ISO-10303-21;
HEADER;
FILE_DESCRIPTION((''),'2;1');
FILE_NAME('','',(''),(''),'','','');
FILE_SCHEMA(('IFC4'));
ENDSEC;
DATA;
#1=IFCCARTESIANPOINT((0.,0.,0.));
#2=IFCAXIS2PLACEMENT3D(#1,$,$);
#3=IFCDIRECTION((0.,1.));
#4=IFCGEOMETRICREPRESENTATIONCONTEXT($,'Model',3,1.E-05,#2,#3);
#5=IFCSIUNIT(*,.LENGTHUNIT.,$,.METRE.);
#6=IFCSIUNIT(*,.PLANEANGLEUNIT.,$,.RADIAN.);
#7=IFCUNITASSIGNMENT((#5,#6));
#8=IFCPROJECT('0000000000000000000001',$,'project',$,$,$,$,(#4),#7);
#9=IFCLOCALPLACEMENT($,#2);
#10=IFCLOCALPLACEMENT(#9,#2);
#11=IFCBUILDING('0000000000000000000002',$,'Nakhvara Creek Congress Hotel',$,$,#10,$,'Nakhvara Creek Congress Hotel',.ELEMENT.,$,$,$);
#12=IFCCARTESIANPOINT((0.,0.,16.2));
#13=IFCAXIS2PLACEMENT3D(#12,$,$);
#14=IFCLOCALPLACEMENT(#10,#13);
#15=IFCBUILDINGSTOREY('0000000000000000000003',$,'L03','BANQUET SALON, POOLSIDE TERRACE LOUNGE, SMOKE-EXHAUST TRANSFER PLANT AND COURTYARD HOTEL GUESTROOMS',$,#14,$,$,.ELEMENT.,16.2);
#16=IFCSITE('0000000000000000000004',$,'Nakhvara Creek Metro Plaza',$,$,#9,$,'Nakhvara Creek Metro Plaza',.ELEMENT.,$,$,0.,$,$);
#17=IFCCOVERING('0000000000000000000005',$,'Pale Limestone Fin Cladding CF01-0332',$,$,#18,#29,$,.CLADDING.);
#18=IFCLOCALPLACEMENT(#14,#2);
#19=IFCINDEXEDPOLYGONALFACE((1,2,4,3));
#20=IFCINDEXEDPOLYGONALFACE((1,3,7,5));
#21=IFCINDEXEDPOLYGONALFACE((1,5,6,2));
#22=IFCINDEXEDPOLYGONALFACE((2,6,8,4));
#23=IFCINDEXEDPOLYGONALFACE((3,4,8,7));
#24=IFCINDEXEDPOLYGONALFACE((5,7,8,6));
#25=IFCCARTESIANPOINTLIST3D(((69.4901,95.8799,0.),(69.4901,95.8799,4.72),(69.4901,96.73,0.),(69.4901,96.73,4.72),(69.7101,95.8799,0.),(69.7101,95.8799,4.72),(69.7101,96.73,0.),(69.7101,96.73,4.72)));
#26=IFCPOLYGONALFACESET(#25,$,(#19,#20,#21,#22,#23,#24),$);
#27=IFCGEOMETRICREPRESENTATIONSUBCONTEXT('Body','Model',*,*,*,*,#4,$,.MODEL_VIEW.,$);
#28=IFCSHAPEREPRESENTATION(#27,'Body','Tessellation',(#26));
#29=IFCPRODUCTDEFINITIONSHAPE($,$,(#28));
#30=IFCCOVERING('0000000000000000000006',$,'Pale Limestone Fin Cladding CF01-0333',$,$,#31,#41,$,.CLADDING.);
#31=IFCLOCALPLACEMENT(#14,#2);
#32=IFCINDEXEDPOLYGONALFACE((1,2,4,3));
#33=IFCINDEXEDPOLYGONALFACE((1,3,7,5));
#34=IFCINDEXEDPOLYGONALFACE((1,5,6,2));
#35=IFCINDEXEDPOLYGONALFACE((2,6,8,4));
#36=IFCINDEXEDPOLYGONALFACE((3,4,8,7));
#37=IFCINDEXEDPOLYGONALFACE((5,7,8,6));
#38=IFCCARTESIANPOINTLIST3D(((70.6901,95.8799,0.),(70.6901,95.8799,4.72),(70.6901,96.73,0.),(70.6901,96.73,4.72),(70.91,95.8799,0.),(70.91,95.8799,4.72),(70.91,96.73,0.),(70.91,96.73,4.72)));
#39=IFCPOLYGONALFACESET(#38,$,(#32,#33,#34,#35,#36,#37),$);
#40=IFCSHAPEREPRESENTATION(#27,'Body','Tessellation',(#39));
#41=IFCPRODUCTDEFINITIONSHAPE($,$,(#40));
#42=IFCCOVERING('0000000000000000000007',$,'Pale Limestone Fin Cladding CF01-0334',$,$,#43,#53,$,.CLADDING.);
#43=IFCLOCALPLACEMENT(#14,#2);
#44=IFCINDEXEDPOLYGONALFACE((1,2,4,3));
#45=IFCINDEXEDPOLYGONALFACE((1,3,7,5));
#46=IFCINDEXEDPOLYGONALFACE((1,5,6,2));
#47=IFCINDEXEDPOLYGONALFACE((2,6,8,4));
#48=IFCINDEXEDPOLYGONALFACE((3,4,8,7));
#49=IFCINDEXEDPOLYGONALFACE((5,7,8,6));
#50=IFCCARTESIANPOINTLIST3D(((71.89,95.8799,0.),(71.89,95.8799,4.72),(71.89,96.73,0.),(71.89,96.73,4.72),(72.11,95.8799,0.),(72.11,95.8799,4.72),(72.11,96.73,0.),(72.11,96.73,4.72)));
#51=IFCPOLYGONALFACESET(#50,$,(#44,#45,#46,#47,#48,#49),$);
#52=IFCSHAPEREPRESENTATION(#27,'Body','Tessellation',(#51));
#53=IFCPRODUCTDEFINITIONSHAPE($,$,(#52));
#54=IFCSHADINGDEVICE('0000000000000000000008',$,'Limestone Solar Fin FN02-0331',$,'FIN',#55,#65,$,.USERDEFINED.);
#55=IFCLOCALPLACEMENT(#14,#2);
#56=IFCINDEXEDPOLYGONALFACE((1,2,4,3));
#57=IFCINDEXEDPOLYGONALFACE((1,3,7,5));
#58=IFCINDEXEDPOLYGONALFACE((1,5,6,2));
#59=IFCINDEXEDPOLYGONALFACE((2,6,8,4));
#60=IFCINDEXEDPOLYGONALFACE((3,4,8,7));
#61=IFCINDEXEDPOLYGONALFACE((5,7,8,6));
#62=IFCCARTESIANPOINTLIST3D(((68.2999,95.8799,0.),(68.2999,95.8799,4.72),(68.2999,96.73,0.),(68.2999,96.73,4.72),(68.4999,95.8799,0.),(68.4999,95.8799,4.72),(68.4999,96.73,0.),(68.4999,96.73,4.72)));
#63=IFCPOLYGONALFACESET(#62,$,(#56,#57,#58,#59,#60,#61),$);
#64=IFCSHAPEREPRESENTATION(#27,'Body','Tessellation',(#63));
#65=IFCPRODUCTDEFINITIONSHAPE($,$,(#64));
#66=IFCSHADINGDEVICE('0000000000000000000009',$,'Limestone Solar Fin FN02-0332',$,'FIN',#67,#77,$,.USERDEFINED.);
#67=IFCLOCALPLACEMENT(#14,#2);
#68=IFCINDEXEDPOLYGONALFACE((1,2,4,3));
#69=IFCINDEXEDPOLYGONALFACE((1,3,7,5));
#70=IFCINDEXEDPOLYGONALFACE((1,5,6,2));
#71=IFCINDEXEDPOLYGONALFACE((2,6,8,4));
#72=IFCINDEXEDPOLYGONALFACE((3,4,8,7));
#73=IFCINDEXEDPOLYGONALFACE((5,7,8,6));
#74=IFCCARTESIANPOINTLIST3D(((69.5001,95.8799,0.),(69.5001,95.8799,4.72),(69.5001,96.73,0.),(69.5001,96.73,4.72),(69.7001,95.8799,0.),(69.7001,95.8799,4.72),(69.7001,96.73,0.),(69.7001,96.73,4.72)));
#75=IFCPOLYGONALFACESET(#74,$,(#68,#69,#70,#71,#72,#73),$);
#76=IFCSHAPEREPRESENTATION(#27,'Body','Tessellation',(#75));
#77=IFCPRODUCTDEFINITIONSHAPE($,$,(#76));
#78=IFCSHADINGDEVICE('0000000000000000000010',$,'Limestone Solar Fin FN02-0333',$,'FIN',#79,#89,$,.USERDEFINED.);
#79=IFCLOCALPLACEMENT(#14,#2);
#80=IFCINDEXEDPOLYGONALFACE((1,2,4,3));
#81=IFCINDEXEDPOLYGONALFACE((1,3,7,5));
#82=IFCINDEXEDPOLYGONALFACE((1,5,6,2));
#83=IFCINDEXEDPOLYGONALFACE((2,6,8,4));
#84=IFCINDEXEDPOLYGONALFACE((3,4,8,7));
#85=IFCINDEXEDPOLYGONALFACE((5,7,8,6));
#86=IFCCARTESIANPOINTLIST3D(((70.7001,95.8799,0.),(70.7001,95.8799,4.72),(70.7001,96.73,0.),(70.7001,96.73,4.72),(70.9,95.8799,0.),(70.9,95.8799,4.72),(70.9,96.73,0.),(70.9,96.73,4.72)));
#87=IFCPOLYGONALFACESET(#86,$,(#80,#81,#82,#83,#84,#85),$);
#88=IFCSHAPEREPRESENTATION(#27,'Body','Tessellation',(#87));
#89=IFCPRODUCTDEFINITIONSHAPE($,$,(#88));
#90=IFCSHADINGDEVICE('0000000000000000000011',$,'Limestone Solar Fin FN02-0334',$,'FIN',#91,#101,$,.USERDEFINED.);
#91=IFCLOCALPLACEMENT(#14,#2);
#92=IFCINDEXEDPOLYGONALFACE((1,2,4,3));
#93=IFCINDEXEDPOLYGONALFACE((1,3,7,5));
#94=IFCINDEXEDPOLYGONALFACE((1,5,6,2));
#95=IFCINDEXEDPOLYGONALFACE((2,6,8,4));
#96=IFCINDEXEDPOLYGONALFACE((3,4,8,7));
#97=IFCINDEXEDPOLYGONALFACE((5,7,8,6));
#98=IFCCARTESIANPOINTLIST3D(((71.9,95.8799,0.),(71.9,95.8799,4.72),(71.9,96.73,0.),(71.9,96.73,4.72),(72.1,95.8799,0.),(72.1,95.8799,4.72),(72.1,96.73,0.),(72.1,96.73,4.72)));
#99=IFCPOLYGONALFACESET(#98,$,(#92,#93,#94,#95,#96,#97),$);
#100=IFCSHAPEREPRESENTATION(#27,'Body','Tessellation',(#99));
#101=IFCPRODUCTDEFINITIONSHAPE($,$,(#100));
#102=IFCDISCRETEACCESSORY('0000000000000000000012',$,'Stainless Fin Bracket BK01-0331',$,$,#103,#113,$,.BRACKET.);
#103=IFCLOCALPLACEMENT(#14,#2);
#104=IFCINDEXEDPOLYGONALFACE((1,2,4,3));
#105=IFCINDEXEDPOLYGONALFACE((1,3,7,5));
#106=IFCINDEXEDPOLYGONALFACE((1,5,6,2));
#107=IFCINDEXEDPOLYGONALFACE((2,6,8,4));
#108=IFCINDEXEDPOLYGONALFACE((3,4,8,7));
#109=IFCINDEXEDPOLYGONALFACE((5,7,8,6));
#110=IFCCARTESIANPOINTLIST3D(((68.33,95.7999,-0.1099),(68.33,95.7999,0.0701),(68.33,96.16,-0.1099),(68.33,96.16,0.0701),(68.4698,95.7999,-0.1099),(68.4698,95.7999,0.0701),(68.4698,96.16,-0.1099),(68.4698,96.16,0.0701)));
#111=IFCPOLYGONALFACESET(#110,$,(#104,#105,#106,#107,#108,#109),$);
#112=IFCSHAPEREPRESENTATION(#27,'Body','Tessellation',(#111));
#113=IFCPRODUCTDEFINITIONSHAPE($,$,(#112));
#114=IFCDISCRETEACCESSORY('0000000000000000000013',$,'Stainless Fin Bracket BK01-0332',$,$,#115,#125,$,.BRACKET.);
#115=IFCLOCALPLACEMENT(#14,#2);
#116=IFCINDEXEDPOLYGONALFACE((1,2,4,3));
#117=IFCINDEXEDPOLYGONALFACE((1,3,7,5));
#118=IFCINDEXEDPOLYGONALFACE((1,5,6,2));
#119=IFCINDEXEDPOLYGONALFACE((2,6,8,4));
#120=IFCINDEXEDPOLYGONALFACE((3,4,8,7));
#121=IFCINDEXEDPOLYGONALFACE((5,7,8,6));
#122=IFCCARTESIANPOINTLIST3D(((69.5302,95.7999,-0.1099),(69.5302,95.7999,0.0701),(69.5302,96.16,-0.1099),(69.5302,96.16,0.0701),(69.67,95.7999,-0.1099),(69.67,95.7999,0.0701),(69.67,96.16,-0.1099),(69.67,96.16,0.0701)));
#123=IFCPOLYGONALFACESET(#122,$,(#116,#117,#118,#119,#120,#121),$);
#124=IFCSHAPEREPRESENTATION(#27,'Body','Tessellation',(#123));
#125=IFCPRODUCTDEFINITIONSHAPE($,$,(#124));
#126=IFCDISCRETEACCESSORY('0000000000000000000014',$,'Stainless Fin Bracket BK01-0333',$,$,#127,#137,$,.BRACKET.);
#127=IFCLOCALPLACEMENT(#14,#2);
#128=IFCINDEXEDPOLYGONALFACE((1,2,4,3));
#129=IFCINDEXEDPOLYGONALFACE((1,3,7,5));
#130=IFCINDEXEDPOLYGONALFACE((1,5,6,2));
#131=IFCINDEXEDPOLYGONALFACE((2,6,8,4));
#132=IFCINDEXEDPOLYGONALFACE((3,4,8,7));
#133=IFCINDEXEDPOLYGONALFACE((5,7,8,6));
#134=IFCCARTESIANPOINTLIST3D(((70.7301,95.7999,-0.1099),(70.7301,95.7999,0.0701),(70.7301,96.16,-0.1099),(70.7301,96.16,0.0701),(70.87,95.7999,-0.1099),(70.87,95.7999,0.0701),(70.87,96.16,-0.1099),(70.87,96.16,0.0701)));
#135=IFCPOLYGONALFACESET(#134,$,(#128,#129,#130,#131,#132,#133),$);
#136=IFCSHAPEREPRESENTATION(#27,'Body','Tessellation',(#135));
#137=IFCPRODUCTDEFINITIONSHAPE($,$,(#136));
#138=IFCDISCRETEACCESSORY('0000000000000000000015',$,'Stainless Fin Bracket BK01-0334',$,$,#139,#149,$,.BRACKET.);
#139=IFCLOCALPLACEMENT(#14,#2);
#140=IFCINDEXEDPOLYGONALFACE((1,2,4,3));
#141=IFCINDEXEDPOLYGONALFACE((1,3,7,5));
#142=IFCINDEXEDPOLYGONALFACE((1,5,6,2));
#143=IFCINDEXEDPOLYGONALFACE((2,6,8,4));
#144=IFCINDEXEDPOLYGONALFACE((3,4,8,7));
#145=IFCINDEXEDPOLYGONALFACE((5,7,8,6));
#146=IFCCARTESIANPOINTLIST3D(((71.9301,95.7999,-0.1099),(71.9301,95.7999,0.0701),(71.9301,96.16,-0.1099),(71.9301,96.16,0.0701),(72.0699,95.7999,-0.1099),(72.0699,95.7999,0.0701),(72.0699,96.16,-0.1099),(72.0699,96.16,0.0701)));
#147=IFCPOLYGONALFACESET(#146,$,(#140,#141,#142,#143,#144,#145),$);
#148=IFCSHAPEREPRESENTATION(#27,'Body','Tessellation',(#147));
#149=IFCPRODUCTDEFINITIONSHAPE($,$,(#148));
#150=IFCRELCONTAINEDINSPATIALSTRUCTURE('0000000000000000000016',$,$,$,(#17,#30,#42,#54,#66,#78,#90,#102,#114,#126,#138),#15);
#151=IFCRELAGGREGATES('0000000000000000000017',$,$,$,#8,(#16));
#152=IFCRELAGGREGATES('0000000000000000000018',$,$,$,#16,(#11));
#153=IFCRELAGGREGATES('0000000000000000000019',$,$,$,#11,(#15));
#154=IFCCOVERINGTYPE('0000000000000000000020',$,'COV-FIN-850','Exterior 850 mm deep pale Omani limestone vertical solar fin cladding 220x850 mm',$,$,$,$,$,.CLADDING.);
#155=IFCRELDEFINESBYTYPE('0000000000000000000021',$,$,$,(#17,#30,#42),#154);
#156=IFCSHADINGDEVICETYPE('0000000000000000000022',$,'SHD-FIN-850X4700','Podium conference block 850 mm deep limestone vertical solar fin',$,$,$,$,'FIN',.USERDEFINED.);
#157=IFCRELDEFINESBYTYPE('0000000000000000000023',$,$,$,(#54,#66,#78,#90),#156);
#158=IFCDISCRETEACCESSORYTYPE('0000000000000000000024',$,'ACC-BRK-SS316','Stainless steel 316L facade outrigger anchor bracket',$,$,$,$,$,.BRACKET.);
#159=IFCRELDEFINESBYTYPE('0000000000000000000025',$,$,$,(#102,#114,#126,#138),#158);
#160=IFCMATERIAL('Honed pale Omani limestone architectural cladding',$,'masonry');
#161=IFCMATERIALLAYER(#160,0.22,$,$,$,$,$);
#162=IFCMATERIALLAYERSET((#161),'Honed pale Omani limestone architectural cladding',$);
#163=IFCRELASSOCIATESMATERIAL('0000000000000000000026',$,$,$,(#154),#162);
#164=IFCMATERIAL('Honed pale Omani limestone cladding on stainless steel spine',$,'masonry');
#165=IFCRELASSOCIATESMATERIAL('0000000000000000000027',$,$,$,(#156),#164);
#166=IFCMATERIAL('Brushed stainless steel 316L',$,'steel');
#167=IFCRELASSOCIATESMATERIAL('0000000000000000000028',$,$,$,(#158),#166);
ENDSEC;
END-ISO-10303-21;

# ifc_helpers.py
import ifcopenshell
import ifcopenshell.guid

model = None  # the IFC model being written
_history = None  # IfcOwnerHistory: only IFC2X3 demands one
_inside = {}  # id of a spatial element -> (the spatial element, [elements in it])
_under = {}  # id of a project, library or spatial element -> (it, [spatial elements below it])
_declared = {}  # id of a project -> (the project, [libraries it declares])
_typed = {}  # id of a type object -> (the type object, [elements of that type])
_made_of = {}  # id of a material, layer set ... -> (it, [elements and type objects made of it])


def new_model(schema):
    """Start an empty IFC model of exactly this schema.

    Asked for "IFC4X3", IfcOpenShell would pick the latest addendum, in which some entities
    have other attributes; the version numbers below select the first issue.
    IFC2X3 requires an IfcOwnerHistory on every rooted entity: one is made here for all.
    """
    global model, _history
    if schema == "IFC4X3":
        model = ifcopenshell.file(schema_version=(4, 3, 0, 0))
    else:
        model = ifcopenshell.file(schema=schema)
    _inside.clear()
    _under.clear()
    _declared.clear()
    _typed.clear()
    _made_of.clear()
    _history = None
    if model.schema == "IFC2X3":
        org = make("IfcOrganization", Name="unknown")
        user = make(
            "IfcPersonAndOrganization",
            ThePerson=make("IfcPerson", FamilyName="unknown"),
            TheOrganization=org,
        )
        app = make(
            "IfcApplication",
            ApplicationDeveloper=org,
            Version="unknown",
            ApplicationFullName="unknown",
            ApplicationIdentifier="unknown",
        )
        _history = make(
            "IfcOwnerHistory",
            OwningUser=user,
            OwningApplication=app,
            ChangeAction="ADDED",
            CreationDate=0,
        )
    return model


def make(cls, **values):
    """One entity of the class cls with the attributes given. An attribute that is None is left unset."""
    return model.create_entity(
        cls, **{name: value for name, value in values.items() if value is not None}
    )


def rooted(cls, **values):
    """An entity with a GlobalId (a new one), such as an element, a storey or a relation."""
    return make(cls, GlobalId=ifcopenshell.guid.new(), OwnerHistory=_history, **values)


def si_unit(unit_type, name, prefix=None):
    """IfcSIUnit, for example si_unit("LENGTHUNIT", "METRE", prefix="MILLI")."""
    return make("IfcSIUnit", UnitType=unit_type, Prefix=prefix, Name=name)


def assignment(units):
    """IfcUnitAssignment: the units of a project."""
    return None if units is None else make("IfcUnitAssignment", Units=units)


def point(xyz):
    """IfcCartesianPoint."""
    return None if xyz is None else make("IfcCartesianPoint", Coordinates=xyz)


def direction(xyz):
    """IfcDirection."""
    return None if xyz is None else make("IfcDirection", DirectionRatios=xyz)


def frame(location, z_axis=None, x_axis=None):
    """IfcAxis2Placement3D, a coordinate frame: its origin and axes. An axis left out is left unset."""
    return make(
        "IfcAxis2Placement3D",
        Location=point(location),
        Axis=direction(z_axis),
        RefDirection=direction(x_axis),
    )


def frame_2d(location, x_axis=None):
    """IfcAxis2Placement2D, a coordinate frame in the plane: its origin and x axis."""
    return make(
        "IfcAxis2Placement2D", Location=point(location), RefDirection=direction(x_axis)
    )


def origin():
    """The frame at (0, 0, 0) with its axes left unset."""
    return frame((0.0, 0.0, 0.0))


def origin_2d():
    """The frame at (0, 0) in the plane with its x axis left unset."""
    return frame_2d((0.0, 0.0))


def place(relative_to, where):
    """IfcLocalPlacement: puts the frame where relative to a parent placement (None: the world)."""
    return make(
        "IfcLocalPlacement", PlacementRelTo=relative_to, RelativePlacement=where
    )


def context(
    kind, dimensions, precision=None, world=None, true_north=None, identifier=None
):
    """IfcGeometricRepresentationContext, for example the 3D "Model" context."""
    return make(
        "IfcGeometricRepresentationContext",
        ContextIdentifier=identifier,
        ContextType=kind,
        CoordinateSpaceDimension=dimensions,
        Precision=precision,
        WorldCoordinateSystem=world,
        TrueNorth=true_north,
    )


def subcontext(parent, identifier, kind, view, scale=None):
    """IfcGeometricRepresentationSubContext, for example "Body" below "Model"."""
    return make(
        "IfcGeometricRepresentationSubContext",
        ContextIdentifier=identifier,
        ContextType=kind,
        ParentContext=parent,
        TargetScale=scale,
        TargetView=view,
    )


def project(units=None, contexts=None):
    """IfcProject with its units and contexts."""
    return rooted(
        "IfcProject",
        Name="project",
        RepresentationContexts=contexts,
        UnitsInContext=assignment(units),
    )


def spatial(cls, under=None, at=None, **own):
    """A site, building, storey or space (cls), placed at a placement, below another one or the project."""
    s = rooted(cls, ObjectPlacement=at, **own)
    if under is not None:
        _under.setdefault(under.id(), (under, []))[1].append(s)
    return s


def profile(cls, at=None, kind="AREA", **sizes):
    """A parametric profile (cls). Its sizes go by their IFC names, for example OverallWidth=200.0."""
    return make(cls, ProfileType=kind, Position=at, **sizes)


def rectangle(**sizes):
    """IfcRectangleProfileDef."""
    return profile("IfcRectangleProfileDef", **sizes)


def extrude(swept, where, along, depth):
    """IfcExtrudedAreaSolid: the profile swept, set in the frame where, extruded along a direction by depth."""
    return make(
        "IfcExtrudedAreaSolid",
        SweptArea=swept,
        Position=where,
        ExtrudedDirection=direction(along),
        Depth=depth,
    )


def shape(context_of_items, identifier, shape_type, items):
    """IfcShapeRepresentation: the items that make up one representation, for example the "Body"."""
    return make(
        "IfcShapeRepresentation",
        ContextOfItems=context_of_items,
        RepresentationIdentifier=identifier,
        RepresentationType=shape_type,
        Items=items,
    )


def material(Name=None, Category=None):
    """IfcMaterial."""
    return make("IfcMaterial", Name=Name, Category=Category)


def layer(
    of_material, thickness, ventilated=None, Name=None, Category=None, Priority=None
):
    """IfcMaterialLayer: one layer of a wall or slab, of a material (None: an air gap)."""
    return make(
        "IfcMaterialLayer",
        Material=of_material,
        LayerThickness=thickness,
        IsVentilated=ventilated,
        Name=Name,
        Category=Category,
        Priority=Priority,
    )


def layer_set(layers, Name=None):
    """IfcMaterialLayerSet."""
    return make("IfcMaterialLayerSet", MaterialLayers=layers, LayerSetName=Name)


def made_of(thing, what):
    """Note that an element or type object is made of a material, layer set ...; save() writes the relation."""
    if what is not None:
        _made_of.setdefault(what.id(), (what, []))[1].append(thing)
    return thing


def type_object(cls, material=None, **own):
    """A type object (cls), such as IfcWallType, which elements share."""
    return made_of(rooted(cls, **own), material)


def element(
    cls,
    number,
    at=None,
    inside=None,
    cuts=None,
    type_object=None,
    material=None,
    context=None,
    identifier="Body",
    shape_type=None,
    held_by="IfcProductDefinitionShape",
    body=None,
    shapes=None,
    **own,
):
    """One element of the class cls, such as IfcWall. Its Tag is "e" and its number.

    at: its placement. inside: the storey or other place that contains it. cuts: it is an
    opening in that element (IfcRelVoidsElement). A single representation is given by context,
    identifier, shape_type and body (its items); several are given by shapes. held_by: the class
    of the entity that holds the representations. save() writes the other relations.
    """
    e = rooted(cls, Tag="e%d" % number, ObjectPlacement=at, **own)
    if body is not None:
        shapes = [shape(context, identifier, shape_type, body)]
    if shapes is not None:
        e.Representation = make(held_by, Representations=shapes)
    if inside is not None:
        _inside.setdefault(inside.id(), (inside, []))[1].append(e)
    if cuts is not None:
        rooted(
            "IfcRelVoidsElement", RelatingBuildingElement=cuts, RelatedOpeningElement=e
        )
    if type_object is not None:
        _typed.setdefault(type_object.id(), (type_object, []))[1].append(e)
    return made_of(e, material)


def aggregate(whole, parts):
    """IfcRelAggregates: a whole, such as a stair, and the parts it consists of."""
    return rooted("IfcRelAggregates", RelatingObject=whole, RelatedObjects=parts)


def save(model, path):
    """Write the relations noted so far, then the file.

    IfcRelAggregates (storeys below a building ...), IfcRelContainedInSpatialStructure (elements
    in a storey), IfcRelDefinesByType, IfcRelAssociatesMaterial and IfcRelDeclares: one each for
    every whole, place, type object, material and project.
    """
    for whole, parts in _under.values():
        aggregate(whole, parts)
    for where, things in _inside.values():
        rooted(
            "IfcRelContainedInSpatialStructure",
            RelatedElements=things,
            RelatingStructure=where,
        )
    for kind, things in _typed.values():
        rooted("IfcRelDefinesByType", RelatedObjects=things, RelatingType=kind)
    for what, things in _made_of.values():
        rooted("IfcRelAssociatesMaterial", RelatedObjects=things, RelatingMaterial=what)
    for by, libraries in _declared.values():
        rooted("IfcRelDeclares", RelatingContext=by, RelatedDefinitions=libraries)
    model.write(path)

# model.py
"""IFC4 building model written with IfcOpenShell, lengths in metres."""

from ifc_helpers import new_model, si_unit, direction, frame, origin, origin_2d, place, context, subcontext, project, spatial, rectangle, extrude, material, layer, layer_set, type_object, element, save


model = new_model("IFC4")

# Units and contexts
model_context = context("Model", 3, precision=1e-05, world=origin(), true_north=direction((0.0, 1.0)))
body_context = subcontext(model_context, "Body", "Model", "MODEL_VIEW")
ifc_project = project(units=[si_unit("LENGTHUNIT", "METRE"), si_unit("PLANEANGLEUNIT", "RADIAN")], contexts=[model_context])

# Site, building, storey
site_placement = place(None, origin())
site = spatial("IfcSite", under=ifc_project, at=site_placement, Name="Nakhvara Creek Metro Plaza", LongName="Nakhvara Creek Metro Plaza", CompositionType="ELEMENT", RefElevation=0.0)
building_placement = place(site_placement, origin())
building = spatial("IfcBuilding", under=site, at=building_placement, Name="Nakhvara Creek Congress Hotel", LongName="Nakhvara Creek Congress Hotel", CompositionType="ELEMENT")
storey_placement = place(building_placement, frame((0.0, 0.0, 16.2)))
storey = spatial("IfcBuildingStorey", under=building, at=storey_placement, Name="L03", Description="BANQUET SALON, POOLSIDE TERRACE LOUNGE, SMOKE-EXHAUST TRANSFER PLANT AND COURTYARD HOTEL GUESTROOMS", CompositionType="ELEMENT", Elevation=16.2)

# Coverings
ifc_material_1 = material(Name="Honed pale Omani limestone architectural cladding", Category="masonry")
ifc_layer_1 = layer(ifc_material_1, 0.22)
ifc_layer_set_1 = layer_set([ifc_layer_1], Name="Honed pale Omani limestone architectural cladding")
covering_type = type_object("IfcCoveringType", Name="COV-FIN-850", Description="Exterior 850 mm deep pale Omani limestone vertical solar fin cladding 220x850 mm", PredefinedType="CLADDING", material=ifc_layer_set_1)
for number, where, z_axis, x_axis, name in (
    (1, (69.6001, 96.3049, 0.0), (0.0, 0.0, 1.0), (1.0, 0.0, 0.0), "Pale Limestone Fin Cladding CF01-0332"),
    (2, (70.8, 96.3049, 0.0), (0.0, 0.0, 1.0), (1.0, 0.0, 0.0), "Pale Limestone Fin Cladding CF01-0333"),
    (3, (72.0, 96.3049, 0.0), (0.0, 0.0, 1.0), (1.0, 0.0, 0.0), "Pale Limestone Fin Cladding CF01-0334"),
):
    element("IfcCovering", number, at=place(storey_placement, frame(where, z_axis=z_axis, x_axis=x_axis)), inside=storey, type_object=covering_type, Name=name, PredefinedType="CLADDING", context=body_context, shape_type="SweptSolid", body=[
        extrude(rectangle(XDim=0.22, YDim=0.8501, at=origin_2d()), origin(), (0.0, 0.0, 1.0), 4.72),
    ])

# Shared definitions
ifc_material_2 = material(Name="Brushed stainless steel 316L", Category="steel")

# Shading devices
ifc_material_3 = material(Name="Honed pale Omani limestone cladding on stainless steel spine", Category="masonry")
shading_device_type = type_object("IfcShadingDeviceType", Name="SHD-FIN-850X4700", Description="Podium conference block 850 mm deep limestone vertical solar fin", ElementType="FIN", PredefinedType="USERDEFINED", material=ifc_material_3)
for number, where, z_axis, x_axis, name in (
    (4, (68.3999, 96.3049, 0.0), (0.0, 0.0, 1.0), (1.0, 0.0, 0.0), "Limestone Solar Fin FN02-0331"),
    (5, (69.6001, 96.3049, 0.0), (0.0, 0.0, 1.0), (1.0, 0.0, 0.0), "Limestone Solar Fin FN02-0332"),
    (6, (70.8, 96.3049, 0.0), (0.0, 0.0, 1.0), (1.0, 0.0, 0.0), "Limestone Solar Fin FN02-0333"),
    (7, (72.0, 96.3049, 0.0), (0.0, 0.0, 1.0), (1.0, 0.0, 0.0), "Limestone Solar Fin FN02-0334"),
):
    element("IfcShadingDevice", number, at=place(storey_placement, frame(where, z_axis=z_axis, x_axis=x_axis)), inside=storey, type_object=shading_device_type, Name=name, ObjectType="FIN", PredefinedType="USERDEFINED", context=body_context, shape_type="SweptSolid", body=[
        extrude(rectangle(XDim=0.2, YDim=0.8501, at=origin_2d()), origin(), (0.0, 0.0, 1.0), 4.72),
    ])

# Discrete accessories
discrete_accessory_type = type_object("IfcDiscreteAccessoryType", Name="ACC-BRK-SS316", Description="Stainless steel 316L facade outrigger anchor bracket", PredefinedType="BRACKET", material=ifc_material_2)
for number, where, z_axis, x_axis, name in (
    (8, (68.3999, 95.98, -0.1099), (0.0, 0.0, 1.0), (1.0, 0.0, 0.0), "Stainless Fin Bracket BK01-0331"),
    (9, (69.6001, 95.98, -0.1099), (0.0, 0.0, 1.0), (1.0, 0.0, 0.0), "Stainless Fin Bracket BK01-0332"),
    (10, (70.8, 95.98, -0.1099), (0.0, 0.0, 1.0), (1.0, 0.0, 0.0), "Stainless Fin Bracket BK01-0333"),
    (11, (72.0, 95.98, -0.1099), (0.0, 0.0, 1.0), (1.0, 0.0, 0.0), "Stainless Fin Bracket BK01-0334"),
):
    element("IfcDiscreteAccessory", number, at=place(storey_placement, frame(where, z_axis=z_axis, x_axis=x_axis)), inside=storey, type_object=discrete_accessory_type, Name=name, PredefinedType="BRACKET", context=body_context, shape_type="SweptSolid", body=[
        extrude(rectangle(XDim=0.1399, YDim=0.3601, at=origin_2d()), origin(), (0.0, 0.0, 1.0), 0.1799),
    ])

save(model, "model.ifc")
